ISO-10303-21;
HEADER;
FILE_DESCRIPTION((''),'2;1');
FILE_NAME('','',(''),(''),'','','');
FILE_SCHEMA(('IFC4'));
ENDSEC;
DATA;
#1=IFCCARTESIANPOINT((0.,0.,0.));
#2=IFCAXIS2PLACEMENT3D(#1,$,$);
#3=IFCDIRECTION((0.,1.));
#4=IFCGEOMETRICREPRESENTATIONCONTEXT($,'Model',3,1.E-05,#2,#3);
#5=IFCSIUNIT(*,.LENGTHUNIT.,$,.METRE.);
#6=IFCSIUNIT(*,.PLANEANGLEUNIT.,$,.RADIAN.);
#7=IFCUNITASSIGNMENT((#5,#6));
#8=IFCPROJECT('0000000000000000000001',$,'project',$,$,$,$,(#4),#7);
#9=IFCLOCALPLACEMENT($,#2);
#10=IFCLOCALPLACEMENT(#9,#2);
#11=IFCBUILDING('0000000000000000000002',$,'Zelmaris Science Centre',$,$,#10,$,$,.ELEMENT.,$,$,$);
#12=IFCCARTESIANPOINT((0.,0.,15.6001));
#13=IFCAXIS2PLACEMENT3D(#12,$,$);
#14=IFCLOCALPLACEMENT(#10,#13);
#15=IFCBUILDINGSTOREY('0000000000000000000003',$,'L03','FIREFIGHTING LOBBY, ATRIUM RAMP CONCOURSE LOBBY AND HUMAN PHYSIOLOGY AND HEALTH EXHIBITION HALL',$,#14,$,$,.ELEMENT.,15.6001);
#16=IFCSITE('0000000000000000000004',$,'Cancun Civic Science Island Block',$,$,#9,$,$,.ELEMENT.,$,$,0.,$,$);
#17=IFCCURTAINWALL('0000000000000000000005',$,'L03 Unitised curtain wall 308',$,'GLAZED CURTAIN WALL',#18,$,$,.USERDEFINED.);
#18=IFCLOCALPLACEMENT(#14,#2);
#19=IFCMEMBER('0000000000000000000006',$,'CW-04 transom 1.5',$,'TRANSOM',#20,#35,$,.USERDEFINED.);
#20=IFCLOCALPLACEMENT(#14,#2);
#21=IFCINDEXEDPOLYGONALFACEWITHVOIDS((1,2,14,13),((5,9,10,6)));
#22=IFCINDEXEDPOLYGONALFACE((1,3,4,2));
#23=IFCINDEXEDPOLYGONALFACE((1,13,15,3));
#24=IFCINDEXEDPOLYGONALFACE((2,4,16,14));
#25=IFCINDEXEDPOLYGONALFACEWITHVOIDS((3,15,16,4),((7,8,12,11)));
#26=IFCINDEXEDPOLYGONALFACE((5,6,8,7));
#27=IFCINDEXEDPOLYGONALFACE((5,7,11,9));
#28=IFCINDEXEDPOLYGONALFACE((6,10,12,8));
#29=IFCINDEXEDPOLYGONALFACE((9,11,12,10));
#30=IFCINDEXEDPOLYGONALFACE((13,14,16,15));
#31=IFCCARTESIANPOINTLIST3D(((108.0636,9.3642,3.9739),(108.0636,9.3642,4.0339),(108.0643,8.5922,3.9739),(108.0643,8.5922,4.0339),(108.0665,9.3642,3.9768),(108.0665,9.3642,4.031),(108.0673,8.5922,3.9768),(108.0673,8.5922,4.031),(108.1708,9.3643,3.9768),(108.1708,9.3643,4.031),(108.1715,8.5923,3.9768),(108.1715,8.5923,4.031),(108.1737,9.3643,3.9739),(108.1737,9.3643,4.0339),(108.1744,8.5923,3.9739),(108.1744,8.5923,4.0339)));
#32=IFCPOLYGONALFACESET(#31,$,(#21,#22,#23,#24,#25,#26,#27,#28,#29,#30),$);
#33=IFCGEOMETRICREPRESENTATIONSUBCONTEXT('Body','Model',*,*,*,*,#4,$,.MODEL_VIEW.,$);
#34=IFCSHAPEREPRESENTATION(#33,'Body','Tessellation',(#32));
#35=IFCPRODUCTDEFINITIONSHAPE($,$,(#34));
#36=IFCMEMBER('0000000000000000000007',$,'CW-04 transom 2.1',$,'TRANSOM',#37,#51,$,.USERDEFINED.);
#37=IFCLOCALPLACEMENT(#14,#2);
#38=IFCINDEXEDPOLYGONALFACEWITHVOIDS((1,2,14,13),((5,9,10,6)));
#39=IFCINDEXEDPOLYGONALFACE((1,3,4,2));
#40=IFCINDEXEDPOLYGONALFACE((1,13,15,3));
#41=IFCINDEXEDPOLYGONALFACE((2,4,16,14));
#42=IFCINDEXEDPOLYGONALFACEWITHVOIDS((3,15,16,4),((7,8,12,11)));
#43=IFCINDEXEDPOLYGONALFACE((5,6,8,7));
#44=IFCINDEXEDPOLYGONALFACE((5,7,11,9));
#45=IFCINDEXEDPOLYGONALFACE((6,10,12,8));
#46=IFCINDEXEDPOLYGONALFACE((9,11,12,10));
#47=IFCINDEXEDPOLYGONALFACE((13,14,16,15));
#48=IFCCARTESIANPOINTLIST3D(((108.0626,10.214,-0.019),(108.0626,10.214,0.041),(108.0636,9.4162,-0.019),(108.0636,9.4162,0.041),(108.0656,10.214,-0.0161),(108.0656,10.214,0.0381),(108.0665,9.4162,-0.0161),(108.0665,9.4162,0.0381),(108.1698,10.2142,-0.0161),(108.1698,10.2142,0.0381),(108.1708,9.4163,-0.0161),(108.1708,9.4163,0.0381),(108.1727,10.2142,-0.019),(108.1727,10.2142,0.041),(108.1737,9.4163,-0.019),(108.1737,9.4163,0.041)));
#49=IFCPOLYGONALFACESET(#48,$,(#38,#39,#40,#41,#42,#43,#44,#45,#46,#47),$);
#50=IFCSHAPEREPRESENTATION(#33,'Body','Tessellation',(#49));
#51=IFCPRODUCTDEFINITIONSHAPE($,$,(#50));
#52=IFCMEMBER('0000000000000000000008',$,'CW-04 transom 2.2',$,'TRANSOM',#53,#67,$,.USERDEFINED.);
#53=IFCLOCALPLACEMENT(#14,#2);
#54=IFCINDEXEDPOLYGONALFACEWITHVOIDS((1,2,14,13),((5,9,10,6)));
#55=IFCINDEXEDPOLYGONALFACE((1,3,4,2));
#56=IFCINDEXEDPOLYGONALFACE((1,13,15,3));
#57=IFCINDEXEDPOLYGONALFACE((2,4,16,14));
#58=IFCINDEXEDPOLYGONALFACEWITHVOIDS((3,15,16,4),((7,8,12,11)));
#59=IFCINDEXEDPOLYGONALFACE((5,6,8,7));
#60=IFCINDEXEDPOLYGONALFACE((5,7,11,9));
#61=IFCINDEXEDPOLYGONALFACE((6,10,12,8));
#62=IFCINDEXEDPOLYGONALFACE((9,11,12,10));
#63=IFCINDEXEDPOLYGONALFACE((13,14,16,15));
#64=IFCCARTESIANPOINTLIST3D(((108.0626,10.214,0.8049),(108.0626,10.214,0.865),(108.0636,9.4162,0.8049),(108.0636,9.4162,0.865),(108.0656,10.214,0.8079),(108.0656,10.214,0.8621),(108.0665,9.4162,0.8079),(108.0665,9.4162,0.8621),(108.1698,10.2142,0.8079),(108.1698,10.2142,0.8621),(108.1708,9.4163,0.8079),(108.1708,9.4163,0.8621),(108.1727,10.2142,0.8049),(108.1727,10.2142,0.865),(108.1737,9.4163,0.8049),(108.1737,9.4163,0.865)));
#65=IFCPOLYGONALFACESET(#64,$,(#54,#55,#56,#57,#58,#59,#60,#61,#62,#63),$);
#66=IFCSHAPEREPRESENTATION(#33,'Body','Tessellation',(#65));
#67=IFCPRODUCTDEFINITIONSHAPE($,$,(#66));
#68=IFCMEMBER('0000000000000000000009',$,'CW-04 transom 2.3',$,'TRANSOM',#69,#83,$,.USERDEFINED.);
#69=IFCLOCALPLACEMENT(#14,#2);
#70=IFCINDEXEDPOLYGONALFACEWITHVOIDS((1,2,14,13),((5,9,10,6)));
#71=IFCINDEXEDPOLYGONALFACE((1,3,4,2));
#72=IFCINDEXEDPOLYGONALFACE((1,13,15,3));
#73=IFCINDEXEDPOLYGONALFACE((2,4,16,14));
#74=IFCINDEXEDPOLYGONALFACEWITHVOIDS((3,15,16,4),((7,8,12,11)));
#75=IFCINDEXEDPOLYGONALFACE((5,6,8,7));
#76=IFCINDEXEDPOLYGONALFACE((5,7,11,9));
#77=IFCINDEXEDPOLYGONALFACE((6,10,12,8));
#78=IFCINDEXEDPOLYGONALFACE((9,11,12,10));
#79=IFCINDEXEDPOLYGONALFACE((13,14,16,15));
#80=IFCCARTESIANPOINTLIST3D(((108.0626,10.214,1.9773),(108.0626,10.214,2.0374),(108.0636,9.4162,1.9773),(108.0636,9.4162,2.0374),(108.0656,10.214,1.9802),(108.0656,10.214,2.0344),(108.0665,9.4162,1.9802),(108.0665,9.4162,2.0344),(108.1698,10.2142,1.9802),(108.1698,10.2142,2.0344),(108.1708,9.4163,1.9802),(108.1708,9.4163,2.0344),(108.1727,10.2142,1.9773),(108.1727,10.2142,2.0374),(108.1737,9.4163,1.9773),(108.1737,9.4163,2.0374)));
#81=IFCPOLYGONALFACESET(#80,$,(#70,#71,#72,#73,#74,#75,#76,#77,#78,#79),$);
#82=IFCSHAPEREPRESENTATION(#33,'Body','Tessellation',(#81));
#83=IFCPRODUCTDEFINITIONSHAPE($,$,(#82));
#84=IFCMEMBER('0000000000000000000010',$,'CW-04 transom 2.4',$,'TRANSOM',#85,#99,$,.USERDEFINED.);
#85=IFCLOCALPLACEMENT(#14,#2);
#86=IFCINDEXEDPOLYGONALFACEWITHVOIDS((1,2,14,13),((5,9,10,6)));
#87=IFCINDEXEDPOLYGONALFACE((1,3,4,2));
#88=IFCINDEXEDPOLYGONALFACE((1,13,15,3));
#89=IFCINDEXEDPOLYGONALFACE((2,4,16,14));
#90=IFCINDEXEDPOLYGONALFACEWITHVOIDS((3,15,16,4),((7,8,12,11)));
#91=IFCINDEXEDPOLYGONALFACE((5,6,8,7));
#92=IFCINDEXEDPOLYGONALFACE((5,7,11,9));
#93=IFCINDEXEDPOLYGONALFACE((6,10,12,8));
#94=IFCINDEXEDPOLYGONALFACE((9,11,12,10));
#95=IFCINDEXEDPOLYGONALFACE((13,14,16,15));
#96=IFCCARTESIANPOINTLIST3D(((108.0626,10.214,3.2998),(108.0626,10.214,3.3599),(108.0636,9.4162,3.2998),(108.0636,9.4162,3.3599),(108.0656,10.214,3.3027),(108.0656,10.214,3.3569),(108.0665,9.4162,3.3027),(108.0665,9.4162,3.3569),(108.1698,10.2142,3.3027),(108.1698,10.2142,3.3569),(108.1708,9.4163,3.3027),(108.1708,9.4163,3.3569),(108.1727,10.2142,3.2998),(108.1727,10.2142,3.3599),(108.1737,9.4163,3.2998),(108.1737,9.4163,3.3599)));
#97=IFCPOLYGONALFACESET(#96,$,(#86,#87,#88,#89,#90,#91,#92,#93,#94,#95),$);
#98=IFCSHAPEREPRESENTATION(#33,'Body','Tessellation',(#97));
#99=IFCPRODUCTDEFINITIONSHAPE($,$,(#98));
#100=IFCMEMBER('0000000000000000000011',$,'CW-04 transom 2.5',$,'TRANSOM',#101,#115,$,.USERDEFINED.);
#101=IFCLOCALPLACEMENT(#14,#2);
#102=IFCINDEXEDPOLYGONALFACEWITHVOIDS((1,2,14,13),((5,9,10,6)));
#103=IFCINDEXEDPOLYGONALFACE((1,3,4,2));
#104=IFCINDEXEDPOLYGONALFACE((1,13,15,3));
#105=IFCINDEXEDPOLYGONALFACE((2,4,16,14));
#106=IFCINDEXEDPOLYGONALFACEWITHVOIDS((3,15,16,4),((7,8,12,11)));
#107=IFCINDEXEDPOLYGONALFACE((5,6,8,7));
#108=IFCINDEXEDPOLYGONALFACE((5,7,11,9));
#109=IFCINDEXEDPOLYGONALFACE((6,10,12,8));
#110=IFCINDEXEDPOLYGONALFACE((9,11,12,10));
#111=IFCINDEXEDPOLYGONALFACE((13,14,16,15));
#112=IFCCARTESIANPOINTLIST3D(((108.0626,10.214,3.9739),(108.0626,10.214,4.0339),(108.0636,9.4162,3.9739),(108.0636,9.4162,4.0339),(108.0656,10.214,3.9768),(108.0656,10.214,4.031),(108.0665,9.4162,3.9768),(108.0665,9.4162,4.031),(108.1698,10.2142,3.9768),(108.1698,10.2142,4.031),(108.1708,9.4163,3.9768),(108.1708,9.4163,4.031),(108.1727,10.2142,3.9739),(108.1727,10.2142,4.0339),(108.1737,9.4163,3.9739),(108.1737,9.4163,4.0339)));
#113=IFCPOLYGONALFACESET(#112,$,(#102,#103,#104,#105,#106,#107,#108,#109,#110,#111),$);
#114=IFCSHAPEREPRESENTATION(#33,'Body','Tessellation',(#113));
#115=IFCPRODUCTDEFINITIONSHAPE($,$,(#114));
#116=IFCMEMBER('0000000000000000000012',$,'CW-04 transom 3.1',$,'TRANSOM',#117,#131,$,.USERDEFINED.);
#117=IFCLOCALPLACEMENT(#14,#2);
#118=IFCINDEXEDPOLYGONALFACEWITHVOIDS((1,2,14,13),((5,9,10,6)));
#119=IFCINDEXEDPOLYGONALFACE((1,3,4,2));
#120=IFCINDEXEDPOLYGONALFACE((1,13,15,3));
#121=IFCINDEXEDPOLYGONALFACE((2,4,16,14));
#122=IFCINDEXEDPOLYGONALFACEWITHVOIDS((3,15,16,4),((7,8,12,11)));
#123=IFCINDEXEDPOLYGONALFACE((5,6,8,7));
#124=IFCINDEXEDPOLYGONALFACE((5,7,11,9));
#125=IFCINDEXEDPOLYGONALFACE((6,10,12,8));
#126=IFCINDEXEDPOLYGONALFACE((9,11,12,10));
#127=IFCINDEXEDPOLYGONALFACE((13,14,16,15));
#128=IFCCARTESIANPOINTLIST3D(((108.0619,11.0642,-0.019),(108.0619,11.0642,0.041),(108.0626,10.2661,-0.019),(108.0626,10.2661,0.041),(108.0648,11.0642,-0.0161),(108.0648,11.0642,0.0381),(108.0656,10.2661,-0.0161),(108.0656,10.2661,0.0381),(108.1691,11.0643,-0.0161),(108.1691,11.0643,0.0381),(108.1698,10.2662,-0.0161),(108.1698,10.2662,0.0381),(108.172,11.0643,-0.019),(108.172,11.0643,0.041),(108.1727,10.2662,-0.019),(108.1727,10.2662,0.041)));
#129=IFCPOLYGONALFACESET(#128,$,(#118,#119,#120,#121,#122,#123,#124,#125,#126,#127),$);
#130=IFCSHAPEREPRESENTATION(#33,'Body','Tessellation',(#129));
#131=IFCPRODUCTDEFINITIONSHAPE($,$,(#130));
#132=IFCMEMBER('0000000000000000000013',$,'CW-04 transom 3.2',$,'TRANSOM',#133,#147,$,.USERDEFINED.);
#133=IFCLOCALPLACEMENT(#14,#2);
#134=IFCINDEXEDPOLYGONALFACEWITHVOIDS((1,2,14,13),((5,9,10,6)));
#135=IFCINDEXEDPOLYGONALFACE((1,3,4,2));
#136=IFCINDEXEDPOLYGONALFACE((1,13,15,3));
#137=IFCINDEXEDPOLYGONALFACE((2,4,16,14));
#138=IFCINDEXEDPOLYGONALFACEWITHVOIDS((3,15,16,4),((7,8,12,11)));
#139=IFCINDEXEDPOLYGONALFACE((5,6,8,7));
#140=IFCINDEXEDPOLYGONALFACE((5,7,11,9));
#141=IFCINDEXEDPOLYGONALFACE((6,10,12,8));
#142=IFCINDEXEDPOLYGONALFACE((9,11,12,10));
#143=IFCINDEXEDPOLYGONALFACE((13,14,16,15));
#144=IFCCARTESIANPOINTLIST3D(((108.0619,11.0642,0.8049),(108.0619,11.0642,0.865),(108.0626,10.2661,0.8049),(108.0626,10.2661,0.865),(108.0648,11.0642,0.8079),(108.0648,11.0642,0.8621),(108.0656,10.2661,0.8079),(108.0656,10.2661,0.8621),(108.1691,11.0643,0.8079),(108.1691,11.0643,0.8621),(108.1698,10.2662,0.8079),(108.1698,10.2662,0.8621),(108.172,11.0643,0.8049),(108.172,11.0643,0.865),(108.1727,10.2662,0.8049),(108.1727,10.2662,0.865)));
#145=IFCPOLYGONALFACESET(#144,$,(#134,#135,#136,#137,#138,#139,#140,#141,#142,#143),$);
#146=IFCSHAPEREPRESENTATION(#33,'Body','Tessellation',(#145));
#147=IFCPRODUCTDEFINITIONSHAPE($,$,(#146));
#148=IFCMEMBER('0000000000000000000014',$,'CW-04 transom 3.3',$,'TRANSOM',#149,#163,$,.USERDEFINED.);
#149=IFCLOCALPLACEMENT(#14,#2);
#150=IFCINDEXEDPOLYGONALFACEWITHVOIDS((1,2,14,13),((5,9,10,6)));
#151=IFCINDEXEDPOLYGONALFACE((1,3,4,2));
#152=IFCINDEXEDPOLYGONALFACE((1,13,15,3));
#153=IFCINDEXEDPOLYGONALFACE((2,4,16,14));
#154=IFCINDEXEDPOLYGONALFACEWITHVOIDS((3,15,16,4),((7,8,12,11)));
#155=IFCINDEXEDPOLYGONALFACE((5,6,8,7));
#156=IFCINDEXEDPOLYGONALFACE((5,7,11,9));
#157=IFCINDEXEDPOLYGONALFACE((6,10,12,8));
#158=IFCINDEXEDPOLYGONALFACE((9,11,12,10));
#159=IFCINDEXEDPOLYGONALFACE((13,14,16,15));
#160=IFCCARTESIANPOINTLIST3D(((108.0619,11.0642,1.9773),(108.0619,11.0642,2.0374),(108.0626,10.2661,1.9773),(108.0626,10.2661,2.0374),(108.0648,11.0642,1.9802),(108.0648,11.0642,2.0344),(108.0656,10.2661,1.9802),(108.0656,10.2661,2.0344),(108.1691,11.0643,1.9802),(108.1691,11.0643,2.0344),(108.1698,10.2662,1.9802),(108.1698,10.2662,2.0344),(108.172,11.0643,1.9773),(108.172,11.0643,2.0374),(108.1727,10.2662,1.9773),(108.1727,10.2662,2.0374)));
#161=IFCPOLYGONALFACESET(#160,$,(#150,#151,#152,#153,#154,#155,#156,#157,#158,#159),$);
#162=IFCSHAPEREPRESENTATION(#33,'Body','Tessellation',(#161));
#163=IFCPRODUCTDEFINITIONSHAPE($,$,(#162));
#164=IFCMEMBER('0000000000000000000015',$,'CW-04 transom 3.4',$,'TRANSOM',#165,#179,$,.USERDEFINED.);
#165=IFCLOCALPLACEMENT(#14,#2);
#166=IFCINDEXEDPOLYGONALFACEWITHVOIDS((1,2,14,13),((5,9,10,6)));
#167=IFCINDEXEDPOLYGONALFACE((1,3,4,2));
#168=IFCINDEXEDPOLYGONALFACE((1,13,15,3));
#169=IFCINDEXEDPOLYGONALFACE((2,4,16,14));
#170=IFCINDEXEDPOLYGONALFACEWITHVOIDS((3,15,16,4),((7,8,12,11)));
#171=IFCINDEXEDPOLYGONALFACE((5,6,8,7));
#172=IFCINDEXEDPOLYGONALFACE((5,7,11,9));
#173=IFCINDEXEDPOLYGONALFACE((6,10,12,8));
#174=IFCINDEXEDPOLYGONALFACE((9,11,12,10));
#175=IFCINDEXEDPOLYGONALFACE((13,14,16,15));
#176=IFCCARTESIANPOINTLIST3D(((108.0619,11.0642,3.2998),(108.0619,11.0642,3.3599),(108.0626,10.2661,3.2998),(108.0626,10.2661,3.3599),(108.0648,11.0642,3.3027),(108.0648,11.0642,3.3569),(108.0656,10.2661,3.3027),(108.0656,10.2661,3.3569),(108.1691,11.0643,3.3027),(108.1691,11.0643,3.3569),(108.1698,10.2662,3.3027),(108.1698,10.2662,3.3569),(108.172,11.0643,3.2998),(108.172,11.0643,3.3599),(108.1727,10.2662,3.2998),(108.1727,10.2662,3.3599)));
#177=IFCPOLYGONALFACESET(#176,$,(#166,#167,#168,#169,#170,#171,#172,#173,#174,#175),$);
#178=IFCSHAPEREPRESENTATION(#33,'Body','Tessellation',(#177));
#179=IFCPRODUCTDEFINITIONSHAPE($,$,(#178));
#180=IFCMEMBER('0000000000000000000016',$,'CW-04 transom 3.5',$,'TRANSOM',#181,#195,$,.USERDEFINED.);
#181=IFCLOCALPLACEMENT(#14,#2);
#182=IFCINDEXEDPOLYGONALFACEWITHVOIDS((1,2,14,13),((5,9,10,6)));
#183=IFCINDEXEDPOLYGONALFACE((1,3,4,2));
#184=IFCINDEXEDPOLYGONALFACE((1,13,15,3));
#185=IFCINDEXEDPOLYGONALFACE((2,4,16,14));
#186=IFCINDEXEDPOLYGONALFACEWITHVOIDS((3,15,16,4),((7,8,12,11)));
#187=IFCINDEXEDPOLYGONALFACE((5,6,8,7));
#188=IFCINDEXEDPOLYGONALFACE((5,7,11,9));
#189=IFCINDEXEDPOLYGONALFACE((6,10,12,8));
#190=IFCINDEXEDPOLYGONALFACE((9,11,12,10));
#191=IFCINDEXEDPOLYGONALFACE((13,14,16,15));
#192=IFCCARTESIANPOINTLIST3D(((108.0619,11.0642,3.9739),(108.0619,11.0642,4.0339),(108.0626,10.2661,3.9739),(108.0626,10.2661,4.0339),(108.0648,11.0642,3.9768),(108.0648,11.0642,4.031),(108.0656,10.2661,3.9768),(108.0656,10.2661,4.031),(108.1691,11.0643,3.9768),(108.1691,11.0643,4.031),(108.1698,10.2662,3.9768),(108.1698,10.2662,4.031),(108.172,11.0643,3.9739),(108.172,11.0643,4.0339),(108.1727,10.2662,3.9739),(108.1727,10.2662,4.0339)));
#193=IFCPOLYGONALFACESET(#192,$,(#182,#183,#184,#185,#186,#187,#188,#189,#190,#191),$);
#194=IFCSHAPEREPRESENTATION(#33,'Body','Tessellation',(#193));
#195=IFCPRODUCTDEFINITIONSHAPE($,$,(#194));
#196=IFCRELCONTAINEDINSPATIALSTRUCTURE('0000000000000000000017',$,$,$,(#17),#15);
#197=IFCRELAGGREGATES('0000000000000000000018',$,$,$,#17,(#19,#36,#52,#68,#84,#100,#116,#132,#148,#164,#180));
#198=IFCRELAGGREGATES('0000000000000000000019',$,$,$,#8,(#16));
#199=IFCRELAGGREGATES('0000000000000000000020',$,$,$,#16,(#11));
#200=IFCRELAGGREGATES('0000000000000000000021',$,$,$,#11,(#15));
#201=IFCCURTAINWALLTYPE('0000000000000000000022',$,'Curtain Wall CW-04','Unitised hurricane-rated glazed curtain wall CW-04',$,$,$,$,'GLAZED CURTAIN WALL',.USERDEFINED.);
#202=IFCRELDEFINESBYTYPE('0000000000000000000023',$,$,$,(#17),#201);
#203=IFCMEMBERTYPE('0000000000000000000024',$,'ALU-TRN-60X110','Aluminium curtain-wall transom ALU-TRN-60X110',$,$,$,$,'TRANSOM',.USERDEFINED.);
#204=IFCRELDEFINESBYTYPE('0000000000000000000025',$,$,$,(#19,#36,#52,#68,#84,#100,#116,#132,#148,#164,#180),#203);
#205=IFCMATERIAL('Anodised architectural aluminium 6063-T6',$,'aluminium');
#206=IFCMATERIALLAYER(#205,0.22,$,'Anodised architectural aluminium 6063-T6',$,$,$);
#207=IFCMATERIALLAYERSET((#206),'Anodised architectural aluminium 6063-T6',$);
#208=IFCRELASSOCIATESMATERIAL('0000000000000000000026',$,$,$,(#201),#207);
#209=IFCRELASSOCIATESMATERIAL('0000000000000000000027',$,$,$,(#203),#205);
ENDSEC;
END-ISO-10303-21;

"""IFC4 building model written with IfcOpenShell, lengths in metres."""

from ifc_helpers import new_model, si_unit, direction, frame, origin, origin_2d, place, context, subcontext, project, spatial, hollow_rectangle, extrude, material, layer, layer_set, material_profile, profile_set, type_object, element, aggregate, save


model = new_model("IFC4")

# Units and contexts
model_context = context("Model", 3, precision=1e-05, world=origin(), true_north=direction((0.0, 1.0)))
body_context = subcontext(model_context, "Body", "Model", "MODEL_VIEW")
ifc_project = project(units=[si_unit("LENGTHUNIT", "METRE"), si_unit("PLANEANGLEUNIT", "RADIAN")], contexts=[model_context])

# Site, building, storey
site_placement = place(None, origin())
site = spatial("IfcSite", under=ifc_project, at=site_placement, Name="Cancun Civic Science Island Block", CompositionType="ELEMENT", RefElevation=0.0)
building_placement = place(site_placement, origin())
building = spatial("IfcBuilding", under=site, at=building_placement, Name="Zelmaris Science Centre", CompositionType="ELEMENT")
storey_placement = place(building_placement, frame((0.0, 0.0, 15.6001)))
storey = spatial("IfcBuildingStorey", under=building, at=storey_placement, Name="L03", Description="FIREFIGHTING LOBBY, ATRIUM RAMP CONCOURSE LOBBY AND HUMAN PHYSIOLOGY AND HEALTH EXHIBITION HALL", CompositionType="ELEMENT", Elevation=15.6001)

# Curtain wall, members
ifc_material_1 = material(Name="Anodised architectural aluminium 6063-T6", Category="aluminium")
ifc_layer_1 = layer(ifc_material_1, 0.22, Name="Anodised architectural aluminium 6063-T6")
ifc_layer_set_1 = layer_set([ifc_layer_1], Name="Anodised architectural aluminium 6063-T6")
curtain_wall_type = type_object("IfcCurtainWallType", Name="Curtain Wall CW-04", Description="Unitised hurricane-rated glazed curtain wall CW-04", ElementType="GLAZED CURTAIN WALL", PredefinedType="USERDEFINED", material=ifc_layer_set_1)
curtain_wall_placement = place(storey_placement, origin())
curtain_wall = element("IfcCurtainWall", 1, at=curtain_wall_placement, inside=storey, type_object=curtain_wall_type, Name="L03 Unitised curtain wall 308", ObjectType="GLAZED CURTAIN WALL", PredefinedType="USERDEFINED")
ifc_material_profile_1 = material_profile(ifc_material_1, hollow_rectangle(XDim=0.0601, YDim=0.1101, WallThickness=0.0029, at=origin_2d()), Name="ALU-TRN-60X110")
ifc_profile_set_1 = profile_set([ifc_material_profile_1], Name="Anodised architectural aluminium 6063-T6")
member_type_1 = type_object("IfcMemberType", Name="ALU-TRN-60X110", Description="Aluminium curtain-wall transom ALU-TRN-60X110", ElementType="TRANSOM", PredefinedType="USERDEFINED", material=ifc_profile_set_1)
member_1_placement = place(storey_placement, frame((108.1194, 8.5923, 4.0039), z_axis=(-0.000949, 1.0, 0.0), x_axis=(0.0, 0.0, 1.0)))
member_1 = element("IfcMember", 2, at=member_1_placement, type_object=member_type_1, Name="CW-04 transom 1.5", ObjectType="TRANSOM", PredefinedType="USERDEFINED", context=body_context, shape_type="SweptSolid", body=[
    extrude(hollow_rectangle(XDim=0.0601, YDim=0.1101, WallThickness=0.0029, at=origin_2d()), origin(), (0.0, 0.0, 1.0), 0.772),
])
member_2_placement = place(storey_placement, frame((108.1187, 9.4163, 0.011), z_axis=(-0.001224, 0.999999, 0.0), x_axis=(0.0, 0.0, 1.0)))
member_2 = element("IfcMember", 3, at=member_2_placement, type_object=member_type_1, Name="CW-04 transom 2.1", ObjectType="TRANSOM", PredefinedType="USERDEFINED", context=body_context, shape_type="SweptSolid", body=[
    extrude(hollow_rectangle(XDim=0.0601, YDim=0.1101, WallThickness=0.0029, at=origin_2d()), origin(), (0.0, 0.0, 1.0), 0.7979),
])
member_3_placement = place(storey_placement, frame((108.1187, 9.4163, 0.835), z_axis=(-0.001224, 0.999999, 0.0), x_axis=(0.0, 0.0, 1.0)))
member_3 = element("IfcMember", 4, at=member_3_placement, type_object=member_type_1, Name="CW-04 transom 2.2", ObjectType="TRANSOM", PredefinedType="USERDEFINED", context=body_context, shape_type="SweptSolid", body=[
    extrude(hollow_rectangle(XDim=0.0601, YDim=0.1101, WallThickness=0.0029, at=origin_2d()), origin(), (0.0, 0.0, 1.0), 0.7979),
])
member_4_placement = place(storey_placement, frame((108.1187, 9.4163, 2.0073), z_axis=(-0.001224, 0.999999, 0.0), x_axis=(0.0, 0.0, 1.0)))
member_4 = element("IfcMember", 5, at=member_4_placement, type_object=member_type_1, Name="CW-04 transom 2.3", ObjectType="TRANSOM", PredefinedType="USERDEFINED", context=body_context, shape_type="SweptSolid", body=[
    extrude(hollow_rectangle(XDim=0.0601, YDim=0.1101, WallThickness=0.0029, at=origin_2d()), origin(), (0.0, 0.0, 1.0), 0.7979),
])
member_5_placement = place(storey_placement, frame((108.1187, 9.4163, 3.3298), z_axis=(-0.001224, 0.999999, 0.0), x_axis=(0.0, 0.0, 1.0)))
member_5 = element("IfcMember", 6, at=member_5_placement, type_object=member_type_1, Name="CW-04 transom 2.4", ObjectType="TRANSOM", PredefinedType="USERDEFINED", context=body_context, shape_type="SweptSolid", body=[
    extrude(hollow_rectangle(XDim=0.0601, YDim=0.1101, WallThickness=0.0029, at=origin_2d()), origin(), (0.0, 0.0, 1.0), 0.7979),
])
member_6_placement = place(storey_placement, frame((108.1187, 9.4163, 4.0039), z_axis=(-0.001224, 0.999999, 0.0), x_axis=(0.0, 0.0, 1.0)))
member_6 = element("IfcMember", 7, at=member_6_placement, type_object=member_type_1, Name="CW-04 transom 2.5", ObjectType="TRANSOM", PredefinedType="USERDEFINED", context=body_context, shape_type="SweptSolid", body=[
    extrude(hollow_rectangle(XDim=0.0601, YDim=0.1101, WallThickness=0.0029, at=origin_2d()), origin(), (0.0, 0.0, 1.0), 0.7979),
])
member_7_placement = place(storey_placement, frame((108.1177, 10.2661, 0.011), z_axis=(-0.000918, 1.0, 0.0), x_axis=(0.0, 0.0, 1.0)))
member_7 = element("IfcMember", 8, at=member_7_placement, type_object=member_type_1, Name="CW-04 transom 3.1", ObjectType="TRANSOM", PredefinedType="USERDEFINED", context=body_context, shape_type="SweptSolid", body=[
    extrude(hollow_rectangle(XDim=0.0601, YDim=0.1101, WallThickness=0.0029, at=origin_2d()), origin(), (0.0, 0.0, 1.0), 0.7981),
])
member_8_placement = place(storey_placement, frame((108.1177, 10.2661, 0.835), z_axis=(-0.000918, 1.0, 0.0), x_axis=(0.0, 0.0, 1.0)))
member_8 = element("IfcMember", 9, at=member_8_placement, type_object=member_type_1, Name="CW-04 transom 3.2", ObjectType="TRANSOM", PredefinedType="USERDEFINED", context=body_context, shape_type="SweptSolid", body=[
    extrude(hollow_rectangle(XDim=0.0601, YDim=0.1101, WallThickness=0.0029, at=origin_2d()), origin(), (0.0, 0.0, 1.0), 0.7981),
])
member_9_placement = place(storey_placement, frame((108.1177, 10.2661, 2.0073), z_axis=(-0.000918, 1.0, 0.0), x_axis=(0.0, 0.0, 1.0)))
member_9 = element("IfcMember", 10, at=member_9_placement, type_object=member_type_1, Name="CW-04 transom 3.3", ObjectType="TRANSOM", PredefinedType="USERDEFINED", context=body_context, shape_type="SweptSolid", body=[
    extrude(hollow_rectangle(XDim=0.0601, YDim=0.1101, WallThickness=0.0029, at=origin_2d()), origin(), (0.0, 0.0, 1.0), 0.7981),
])
member_10_placement = place(storey_placement, frame((108.1177, 10.2661, 3.3298), z_axis=(-0.000918, 1.0, 0.0), x_axis=(0.0, 0.0, 1.0)))
member_10 = element("IfcMember", 11, at=member_10_placement, type_object=member_type_1, Name="CW-04 transom 3.4", ObjectType="TRANSOM", PredefinedType="USERDEFINED", context=body_context, shape_type="SweptSolid", body=[
    extrude(hollow_rectangle(XDim=0.0601, YDim=0.1101, WallThickness=0.0029, at=origin_2d()), origin(), (0.0, 0.0, 1.0), 0.7981),
])
member_11_placement = place(storey_placement, frame((108.1177, 10.2661, 4.0039), z_axis=(-0.000918, 1.0, 0.0), x_axis=(0.0, 0.0, 1.0)))
member_11 = element("IfcMember", 12, at=member_11_placement, type_object=member_type_1, Name="CW-04 transom 3.5", ObjectType="TRANSOM", PredefinedType="USERDEFINED", context=body_context, shape_type="SweptSolid", body=[
    extrude(hollow_rectangle(XDim=0.0601, YDim=0.1101, WallThickness=0.0029, at=origin_2d()), origin(), (0.0, 0.0, 1.0), 0.7981),
])

aggregate(curtain_wall, [member_1, member_2, member_3, member_4, member_5, member_6, member_7, member_8, member_9, member_10, member_11])

save(model, "model.ifc")
